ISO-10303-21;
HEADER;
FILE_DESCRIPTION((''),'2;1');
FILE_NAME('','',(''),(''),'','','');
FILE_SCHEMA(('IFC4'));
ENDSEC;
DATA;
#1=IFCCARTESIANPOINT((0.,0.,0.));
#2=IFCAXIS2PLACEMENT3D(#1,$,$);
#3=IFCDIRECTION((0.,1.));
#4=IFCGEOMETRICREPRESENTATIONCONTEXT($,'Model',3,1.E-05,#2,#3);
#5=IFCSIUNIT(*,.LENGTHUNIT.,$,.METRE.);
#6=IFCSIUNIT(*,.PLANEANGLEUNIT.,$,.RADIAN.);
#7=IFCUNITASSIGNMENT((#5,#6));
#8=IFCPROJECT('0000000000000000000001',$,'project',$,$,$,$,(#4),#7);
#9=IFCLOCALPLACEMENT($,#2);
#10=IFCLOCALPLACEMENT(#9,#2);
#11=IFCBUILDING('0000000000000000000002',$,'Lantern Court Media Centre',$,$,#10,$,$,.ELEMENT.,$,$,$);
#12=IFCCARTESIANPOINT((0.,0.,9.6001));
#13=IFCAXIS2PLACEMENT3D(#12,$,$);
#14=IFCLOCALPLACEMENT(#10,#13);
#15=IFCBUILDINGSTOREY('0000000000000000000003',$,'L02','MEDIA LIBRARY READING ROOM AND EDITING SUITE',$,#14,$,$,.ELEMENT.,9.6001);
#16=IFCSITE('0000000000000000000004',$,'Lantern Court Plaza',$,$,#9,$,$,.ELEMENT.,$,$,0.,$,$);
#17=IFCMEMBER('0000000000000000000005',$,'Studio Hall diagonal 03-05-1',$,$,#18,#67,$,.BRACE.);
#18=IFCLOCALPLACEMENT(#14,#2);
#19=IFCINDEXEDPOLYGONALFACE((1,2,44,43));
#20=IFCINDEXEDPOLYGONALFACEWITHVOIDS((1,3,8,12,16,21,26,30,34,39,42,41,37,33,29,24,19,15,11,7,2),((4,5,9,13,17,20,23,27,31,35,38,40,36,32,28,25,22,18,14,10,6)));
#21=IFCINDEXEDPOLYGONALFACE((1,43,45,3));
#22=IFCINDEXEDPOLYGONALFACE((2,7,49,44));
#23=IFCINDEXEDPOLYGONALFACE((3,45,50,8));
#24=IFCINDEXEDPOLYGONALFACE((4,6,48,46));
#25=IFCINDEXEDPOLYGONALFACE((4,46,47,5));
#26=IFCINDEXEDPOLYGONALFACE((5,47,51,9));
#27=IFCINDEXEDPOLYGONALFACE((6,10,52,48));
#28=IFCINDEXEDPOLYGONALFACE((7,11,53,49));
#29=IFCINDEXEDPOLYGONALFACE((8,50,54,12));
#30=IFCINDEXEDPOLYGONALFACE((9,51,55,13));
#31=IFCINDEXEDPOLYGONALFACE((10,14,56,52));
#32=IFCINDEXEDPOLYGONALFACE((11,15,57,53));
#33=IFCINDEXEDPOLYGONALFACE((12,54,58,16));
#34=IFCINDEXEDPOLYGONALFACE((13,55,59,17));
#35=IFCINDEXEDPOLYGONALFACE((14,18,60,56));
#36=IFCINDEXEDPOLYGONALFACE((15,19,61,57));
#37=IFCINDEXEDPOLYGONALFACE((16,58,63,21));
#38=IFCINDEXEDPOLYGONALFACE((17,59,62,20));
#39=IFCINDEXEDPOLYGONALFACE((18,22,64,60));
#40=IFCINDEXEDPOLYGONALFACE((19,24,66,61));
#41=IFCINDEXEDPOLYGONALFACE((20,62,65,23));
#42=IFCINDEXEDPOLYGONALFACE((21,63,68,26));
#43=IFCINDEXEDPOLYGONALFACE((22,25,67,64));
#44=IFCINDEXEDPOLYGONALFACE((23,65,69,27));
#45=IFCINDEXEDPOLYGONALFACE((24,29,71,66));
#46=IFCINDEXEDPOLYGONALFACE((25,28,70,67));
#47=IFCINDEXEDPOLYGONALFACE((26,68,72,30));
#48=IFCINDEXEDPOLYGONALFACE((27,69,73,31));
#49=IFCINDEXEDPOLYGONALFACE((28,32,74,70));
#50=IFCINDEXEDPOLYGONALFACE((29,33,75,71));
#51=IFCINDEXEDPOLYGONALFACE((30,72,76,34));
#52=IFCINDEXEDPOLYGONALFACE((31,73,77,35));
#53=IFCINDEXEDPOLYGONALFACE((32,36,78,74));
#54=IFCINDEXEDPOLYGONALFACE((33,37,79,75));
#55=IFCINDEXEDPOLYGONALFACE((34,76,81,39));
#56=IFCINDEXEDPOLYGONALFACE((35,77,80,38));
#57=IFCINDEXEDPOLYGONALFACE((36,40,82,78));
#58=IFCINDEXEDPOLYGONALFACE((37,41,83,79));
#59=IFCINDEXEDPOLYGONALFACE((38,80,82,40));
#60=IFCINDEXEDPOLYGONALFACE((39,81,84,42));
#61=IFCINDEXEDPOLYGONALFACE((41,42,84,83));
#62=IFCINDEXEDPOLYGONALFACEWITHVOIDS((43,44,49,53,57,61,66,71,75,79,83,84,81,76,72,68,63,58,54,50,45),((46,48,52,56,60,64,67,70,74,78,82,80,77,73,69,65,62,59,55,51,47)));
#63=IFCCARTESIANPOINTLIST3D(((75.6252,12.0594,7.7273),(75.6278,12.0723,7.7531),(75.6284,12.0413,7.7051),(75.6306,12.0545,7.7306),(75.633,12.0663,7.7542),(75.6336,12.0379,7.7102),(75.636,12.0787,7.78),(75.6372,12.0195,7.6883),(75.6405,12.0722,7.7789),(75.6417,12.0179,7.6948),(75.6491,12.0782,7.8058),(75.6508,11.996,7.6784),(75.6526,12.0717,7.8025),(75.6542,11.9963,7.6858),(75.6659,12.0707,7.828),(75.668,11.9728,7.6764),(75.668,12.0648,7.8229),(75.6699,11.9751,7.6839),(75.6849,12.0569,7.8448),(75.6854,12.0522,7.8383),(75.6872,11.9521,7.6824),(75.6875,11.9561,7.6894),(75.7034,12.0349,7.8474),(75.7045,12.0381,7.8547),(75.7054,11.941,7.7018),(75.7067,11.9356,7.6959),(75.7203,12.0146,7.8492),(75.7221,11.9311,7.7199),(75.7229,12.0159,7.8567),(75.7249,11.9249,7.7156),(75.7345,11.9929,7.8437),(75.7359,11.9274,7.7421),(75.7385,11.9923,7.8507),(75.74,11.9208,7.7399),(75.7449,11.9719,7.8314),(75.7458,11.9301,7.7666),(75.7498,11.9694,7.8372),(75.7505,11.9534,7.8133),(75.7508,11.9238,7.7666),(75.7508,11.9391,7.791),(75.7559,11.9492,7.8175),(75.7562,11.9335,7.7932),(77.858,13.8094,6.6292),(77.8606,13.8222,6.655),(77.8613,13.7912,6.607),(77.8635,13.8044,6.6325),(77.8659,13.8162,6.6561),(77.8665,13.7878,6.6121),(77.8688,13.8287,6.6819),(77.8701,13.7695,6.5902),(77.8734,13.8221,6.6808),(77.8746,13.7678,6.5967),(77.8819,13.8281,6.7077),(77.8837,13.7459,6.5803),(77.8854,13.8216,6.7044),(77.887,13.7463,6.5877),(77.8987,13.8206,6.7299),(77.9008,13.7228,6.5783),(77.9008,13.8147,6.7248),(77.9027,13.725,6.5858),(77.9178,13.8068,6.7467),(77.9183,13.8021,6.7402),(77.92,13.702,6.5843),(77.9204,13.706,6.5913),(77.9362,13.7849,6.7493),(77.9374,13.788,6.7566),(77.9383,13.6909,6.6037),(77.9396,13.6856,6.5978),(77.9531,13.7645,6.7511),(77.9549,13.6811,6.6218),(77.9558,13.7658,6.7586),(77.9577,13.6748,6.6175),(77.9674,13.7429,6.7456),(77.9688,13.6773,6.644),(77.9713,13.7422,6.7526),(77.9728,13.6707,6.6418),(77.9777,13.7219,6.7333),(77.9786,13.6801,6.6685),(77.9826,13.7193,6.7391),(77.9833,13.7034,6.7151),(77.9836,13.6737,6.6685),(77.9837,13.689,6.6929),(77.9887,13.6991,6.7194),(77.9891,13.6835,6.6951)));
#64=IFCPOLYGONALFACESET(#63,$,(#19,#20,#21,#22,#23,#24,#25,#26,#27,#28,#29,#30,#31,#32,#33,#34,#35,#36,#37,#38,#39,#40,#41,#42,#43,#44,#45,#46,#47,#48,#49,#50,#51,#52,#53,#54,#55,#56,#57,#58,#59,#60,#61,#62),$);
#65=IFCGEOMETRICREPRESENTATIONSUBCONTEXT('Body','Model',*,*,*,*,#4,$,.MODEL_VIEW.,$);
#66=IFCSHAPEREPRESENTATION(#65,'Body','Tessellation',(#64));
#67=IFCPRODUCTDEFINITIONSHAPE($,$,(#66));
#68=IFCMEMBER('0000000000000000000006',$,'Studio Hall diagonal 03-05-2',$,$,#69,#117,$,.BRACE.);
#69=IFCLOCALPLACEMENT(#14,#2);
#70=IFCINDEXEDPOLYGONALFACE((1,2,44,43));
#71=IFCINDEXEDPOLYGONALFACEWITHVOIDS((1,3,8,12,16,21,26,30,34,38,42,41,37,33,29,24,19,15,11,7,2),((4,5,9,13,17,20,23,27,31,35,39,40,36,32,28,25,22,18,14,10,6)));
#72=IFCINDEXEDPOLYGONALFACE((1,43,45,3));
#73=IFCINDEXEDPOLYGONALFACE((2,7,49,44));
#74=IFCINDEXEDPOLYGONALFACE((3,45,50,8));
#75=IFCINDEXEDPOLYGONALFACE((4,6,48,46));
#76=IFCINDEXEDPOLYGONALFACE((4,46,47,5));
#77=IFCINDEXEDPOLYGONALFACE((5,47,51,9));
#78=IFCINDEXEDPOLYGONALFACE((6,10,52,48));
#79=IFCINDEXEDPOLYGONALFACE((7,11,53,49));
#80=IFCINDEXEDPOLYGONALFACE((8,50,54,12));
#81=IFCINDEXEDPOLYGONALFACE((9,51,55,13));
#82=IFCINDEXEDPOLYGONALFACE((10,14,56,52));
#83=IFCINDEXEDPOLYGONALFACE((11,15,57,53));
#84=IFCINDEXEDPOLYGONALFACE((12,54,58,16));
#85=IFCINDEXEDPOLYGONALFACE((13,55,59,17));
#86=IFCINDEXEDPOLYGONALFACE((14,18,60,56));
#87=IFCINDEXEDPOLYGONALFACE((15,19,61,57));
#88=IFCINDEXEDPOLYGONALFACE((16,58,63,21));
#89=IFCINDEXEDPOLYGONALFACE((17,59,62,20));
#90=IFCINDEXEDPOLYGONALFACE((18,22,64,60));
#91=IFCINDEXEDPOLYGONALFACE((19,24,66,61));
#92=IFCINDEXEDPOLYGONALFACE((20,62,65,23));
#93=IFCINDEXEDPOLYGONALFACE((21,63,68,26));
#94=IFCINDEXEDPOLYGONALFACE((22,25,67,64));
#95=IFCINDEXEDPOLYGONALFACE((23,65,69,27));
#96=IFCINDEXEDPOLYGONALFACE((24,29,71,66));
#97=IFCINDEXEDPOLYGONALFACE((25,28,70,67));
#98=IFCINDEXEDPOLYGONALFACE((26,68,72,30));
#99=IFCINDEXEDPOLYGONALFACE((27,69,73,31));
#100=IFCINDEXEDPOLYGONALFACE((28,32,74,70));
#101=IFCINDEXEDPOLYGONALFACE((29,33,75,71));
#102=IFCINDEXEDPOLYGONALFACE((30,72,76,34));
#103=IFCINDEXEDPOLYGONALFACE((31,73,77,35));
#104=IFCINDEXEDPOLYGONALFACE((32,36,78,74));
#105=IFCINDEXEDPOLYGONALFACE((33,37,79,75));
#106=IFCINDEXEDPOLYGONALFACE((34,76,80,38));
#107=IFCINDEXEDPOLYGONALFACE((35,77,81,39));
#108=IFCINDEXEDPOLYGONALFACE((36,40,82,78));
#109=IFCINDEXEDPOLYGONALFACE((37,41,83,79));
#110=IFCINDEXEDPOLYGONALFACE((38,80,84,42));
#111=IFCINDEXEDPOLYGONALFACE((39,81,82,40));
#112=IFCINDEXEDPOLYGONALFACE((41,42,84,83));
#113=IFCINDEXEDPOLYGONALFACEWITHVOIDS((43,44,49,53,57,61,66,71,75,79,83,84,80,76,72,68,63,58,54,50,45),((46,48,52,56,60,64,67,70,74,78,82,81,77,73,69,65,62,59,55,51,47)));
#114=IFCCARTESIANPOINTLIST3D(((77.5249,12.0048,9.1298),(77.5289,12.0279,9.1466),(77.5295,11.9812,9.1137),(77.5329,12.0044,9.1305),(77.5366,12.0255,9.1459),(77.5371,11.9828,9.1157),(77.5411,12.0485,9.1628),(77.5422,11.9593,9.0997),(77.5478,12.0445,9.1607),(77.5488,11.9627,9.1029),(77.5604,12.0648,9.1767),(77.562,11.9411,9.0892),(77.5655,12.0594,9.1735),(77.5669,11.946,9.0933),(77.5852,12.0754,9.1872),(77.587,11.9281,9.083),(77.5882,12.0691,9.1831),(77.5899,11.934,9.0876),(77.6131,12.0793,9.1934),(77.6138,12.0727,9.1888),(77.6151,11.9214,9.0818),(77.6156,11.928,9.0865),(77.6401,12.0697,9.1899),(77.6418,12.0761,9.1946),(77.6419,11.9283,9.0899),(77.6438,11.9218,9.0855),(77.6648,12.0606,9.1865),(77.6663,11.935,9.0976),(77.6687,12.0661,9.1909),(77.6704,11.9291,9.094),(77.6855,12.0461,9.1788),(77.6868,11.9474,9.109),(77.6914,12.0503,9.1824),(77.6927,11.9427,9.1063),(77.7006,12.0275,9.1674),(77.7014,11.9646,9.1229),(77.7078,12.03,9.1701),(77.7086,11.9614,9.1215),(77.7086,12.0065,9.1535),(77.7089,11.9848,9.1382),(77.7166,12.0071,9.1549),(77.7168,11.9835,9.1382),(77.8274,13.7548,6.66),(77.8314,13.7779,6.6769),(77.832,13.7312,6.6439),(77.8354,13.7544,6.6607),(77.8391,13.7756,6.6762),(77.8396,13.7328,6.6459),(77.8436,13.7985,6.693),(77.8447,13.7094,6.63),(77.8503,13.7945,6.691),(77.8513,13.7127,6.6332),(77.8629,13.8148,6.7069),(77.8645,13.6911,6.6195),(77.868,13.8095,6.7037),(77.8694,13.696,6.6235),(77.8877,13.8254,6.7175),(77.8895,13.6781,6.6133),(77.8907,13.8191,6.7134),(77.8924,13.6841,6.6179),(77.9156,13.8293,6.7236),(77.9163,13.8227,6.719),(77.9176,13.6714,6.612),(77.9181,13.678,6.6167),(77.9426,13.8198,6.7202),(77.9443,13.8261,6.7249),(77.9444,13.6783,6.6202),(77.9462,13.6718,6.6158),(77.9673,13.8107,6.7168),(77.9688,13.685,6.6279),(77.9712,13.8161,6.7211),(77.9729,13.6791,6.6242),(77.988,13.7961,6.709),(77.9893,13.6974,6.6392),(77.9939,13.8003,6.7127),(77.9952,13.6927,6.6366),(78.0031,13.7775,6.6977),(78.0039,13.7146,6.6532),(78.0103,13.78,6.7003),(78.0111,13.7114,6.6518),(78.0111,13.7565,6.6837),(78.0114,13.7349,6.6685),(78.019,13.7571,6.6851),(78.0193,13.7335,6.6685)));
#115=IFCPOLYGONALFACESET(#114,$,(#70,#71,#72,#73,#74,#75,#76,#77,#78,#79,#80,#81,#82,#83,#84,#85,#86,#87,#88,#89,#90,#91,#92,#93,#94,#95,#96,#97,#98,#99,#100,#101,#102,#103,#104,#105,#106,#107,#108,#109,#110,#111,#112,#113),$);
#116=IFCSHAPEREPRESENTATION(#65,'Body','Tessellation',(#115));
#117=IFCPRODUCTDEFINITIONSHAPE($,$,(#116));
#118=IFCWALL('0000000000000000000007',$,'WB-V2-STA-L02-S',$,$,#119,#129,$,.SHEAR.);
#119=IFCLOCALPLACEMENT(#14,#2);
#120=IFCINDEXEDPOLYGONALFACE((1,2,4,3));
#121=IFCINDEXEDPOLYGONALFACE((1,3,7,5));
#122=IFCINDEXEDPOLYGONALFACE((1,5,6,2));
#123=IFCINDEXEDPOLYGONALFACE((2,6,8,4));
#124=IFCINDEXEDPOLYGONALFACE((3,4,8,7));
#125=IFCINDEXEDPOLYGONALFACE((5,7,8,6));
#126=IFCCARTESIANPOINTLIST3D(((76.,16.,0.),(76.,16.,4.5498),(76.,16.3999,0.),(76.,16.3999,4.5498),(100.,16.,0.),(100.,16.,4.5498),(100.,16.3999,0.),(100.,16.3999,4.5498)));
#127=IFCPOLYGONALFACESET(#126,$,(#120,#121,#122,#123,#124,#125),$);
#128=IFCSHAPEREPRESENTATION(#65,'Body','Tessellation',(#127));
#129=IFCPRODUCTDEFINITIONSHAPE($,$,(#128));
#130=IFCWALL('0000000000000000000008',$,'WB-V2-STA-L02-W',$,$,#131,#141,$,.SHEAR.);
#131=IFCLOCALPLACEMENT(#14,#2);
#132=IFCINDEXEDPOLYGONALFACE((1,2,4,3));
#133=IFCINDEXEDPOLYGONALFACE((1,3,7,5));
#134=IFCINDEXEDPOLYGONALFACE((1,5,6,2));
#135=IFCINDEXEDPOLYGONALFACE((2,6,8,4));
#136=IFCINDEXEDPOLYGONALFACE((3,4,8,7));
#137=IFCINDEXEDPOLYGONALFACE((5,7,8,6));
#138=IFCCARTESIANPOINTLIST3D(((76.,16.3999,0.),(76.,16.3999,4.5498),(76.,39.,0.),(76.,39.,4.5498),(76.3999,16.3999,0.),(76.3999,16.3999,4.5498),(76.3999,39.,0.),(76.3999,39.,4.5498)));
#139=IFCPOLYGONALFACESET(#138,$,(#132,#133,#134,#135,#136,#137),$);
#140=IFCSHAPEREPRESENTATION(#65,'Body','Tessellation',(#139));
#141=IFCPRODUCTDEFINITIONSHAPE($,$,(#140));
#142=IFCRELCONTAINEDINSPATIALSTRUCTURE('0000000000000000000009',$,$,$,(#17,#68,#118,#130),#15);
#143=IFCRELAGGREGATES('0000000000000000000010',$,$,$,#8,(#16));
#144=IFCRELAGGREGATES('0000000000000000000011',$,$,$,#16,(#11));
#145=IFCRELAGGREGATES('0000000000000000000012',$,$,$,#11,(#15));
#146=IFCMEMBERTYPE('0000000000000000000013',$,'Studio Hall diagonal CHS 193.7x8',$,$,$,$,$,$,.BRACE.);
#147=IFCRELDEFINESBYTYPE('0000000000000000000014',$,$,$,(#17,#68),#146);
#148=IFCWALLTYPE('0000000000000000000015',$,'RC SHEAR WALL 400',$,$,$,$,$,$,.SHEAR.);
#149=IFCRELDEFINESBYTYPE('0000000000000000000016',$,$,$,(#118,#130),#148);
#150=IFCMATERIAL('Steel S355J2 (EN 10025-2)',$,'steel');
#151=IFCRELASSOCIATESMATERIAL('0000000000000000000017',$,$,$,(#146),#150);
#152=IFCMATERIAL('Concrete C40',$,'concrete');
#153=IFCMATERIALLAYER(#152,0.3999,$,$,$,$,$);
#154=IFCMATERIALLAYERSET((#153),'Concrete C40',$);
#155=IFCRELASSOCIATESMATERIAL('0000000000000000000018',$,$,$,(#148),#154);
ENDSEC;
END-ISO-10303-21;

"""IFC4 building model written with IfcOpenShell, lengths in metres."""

from ifc_helpers import new_model, si_unit, direction, frame, frame_2d, origin, origin_2d, place, context, subcontext, project, spatial, rectangle, hollow_circle, extrude, material, layer, layer_set, material_profile, profile_set, type_object, element, save


model = new_model("IFC4")

# Units and contexts
model_context = context("Model", 3, precision=1e-05, world=origin(), true_north=direction((0.0, 1.0)))
body_context = subcontext(model_context, "Body", "Model", "MODEL_VIEW")
ifc_project = project(units=[si_unit("LENGTHUNIT", "METRE"), si_unit("PLANEANGLEUNIT", "RADIAN")], contexts=[model_context])

# Site, building, storey
site_placement = place(None, origin())
site = spatial("IfcSite", under=ifc_project, at=site_placement, Name="Lantern Court Plaza", CompositionType="ELEMENT", RefElevation=0.0)
building_placement = place(site_placement, origin())
building = spatial("IfcBuilding", under=site, at=building_placement, Name="Lantern Court Media Centre", CompositionType="ELEMENT")
storey_placement = place(building_placement, frame((0.0, 0.0, 9.6001)))
storey = spatial("IfcBuildingStorey", under=building, at=storey_placement, Name="L02", Description="MEDIA LIBRARY READING ROOM AND EDITING SUITE", CompositionType="ELEMENT", Elevation=9.6001)

# Members
ifc_material_1 = material(Name="Steel S355J2 (EN 10025-2)", Category="steel")
ifc_material_profile_1 = material_profile(ifc_material_1, hollow_circle(Radius=0.0969, WallThickness=0.0081, at=origin_2d()), Name="Studio Hall diagonal CHS 193.7x8")
ifc_profile_set_1 = profile_set([ifc_material_profile_1], Name="Steel S355J2 (EN 10025-2)")
member_type_1 = type_object("IfcMemberType", Name="Studio Hall diagonal CHS 193.7x8", PredefinedType="BRACE", material=ifc_profile_set_1)
for number, where, z_axis, x_axis, name in (
    (1, (77.9238, 13.75, 6.6685), (-0.734005, -0.575262, 0.360984), (0.616856, -0.787076, 0.0), "Studio Hall diagonal 03-05-1"),
    (2, (77.9238, 13.75, 6.6685), (-0.099439, -0.575286, 0.811885), (0.985388, -0.170326, 0.0), "Studio Hall diagonal 03-05-2"),
):
    element("IfcMember", number, at=place(storey_placement, frame(where, z_axis=z_axis, x_axis=x_axis)), inside=storey, type_object=member_type_1, Name=name, PredefinedType="BRACE", context=body_context, shape_type="SweptSolid", body=[
        extrude(hollow_circle(Radius=0.0969, WallThickness=0.0081, at=origin_2d()), origin(), (0.0, 0.0, 1.0), 3.042),
    ])

# Walls
ifc_material_2 = material(Name="Concrete C40", Category="concrete")
ifc_layer = layer(ifc_material_2, 0.3999)
ifc_layer_set = layer_set([ifc_layer], Name="Concrete C40")
wall_type = type_object("IfcWallType", Name="RC SHEAR WALL 400", PredefinedType="SHEAR", material=ifc_layer_set)
wall_1_placement = place(storey_placement, frame((76.0, 16.2, 0.0), z_axis=(0.0, 0.0, 1.0), x_axis=(1.0, 0.0, 0.0)))
element("IfcWall", 3, at=wall_1_placement, inside=storey, type_object=wall_type, Name="WB-V2-STA-L02-S", PredefinedType="SHEAR", context=body_context, shape_type="SweptSolid", body=[
    extrude(rectangle(XDim=24.0, YDim=0.3999, at=frame_2d((12.0, 0.0))), origin(), (0.0, 0.0, 1.0), 4.5498),
])
wall_2_placement = place(storey_placement, frame((76.2, 16.3999, 0.0), z_axis=(0.0, 0.0, 1.0), x_axis=(0.0, 1.0, 0.0)))
element("IfcWall", 4, at=wall_2_placement, inside=storey, type_object=wall_type, Name="WB-V2-STA-L02-W", PredefinedType="SHEAR", context=body_context, shape_type="SweptSolid", body=[
    extrude(rectangle(XDim=22.6001, YDim=0.3999, at=frame_2d((11.3, 0.0))), origin(), (0.0, 0.0, 1.0), 4.5498),
])

save(model, "model.ifc")
